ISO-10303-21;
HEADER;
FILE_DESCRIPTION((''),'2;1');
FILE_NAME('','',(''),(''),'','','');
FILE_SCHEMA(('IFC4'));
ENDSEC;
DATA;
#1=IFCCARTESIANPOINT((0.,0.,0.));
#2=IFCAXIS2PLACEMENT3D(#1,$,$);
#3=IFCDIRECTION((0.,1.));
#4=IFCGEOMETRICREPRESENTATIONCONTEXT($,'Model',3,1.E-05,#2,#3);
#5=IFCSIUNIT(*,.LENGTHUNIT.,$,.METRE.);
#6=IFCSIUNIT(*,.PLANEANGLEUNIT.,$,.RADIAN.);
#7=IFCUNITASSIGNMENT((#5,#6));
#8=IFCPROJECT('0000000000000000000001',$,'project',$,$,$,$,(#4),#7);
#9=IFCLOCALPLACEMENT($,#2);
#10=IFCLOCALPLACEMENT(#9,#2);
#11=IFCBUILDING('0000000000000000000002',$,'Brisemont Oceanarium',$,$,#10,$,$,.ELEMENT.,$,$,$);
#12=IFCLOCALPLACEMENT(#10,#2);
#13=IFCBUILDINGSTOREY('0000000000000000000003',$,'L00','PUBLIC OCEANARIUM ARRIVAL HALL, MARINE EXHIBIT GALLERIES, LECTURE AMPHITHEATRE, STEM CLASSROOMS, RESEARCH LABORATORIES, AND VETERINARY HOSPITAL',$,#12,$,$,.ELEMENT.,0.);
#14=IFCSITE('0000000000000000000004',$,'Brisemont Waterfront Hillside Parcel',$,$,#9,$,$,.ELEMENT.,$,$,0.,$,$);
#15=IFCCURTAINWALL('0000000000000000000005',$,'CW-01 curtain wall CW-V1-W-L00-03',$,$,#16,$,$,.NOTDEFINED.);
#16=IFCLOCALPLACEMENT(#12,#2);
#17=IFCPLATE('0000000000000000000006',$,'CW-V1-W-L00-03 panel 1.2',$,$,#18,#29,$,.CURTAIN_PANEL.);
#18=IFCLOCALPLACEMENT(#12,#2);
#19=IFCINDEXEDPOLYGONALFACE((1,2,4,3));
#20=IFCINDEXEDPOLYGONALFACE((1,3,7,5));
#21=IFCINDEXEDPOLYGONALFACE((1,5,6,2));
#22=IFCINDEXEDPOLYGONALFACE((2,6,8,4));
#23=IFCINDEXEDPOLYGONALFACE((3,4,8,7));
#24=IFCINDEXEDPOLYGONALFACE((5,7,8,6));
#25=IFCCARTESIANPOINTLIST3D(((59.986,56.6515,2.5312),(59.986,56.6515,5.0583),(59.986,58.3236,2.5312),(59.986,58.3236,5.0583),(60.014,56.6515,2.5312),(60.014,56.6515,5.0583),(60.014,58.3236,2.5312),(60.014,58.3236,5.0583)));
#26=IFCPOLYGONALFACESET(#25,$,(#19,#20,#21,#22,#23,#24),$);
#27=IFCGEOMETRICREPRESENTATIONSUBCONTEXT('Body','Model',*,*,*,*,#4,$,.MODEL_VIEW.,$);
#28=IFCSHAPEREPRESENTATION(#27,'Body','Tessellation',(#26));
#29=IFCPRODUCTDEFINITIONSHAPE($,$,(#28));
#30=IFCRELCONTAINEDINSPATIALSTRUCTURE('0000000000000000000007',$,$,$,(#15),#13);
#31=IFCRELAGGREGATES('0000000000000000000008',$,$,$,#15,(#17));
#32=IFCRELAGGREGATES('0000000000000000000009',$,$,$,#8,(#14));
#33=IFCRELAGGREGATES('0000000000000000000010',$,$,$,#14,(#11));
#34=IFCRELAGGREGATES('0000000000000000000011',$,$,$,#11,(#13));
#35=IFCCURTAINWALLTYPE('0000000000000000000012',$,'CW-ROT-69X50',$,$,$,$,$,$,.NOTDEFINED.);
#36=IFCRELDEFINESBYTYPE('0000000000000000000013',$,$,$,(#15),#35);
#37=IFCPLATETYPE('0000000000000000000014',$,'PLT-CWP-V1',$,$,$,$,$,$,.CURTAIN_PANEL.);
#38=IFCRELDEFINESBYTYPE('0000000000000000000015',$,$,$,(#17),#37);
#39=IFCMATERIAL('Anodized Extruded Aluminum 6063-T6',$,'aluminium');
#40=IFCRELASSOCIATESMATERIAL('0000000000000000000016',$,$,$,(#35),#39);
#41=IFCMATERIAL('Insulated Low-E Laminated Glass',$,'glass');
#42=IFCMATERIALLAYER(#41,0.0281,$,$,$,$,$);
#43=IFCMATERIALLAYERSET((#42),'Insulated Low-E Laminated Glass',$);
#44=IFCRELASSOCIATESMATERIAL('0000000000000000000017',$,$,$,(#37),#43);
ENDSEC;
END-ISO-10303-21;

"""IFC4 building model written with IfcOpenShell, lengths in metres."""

from ifc_helpers import new_model, si_unit, direction, frame, origin, origin_2d, place, context, subcontext, project, spatial, rectangle, extrude, material, layer, layer_set, type_object, element, aggregate, save


model = new_model("IFC4")

# Units and contexts
model_context = context("Model", 3, precision=1e-05, world=origin(), true_north=direction((0.0, 1.0)))
body_context = subcontext(model_context, "Body", "Model", "MODEL_VIEW")
ifc_project = project(units=[si_unit("LENGTHUNIT", "METRE"), si_unit("PLANEANGLEUNIT", "RADIAN")], contexts=[model_context])

# Site, building, storey
site_placement = place(None, origin())
site = spatial("IfcSite", under=ifc_project, at=site_placement, Name="Brisemont Waterfront Hillside Parcel", CompositionType="ELEMENT", RefElevation=0.0)
building_placement = place(site_placement, origin())
building = spatial("IfcBuilding", under=site, at=building_placement, Name="Brisemont Oceanarium", CompositionType="ELEMENT")
storey_placement = place(building_placement, origin())
storey = spatial("IfcBuildingStorey", under=building, at=storey_placement, Name="L00", Description="PUBLIC OCEANARIUM ARRIVAL HALL, MARINE EXHIBIT GALLERIES, LECTURE AMPHITHEATRE, STEM CLASSROOMS, RESEARCH LABORATORIES, AND VETERINARY HOSPITAL", CompositionType="ELEMENT", Elevation=0.0)

# Curtain wall
ifc_material_1 = material(Name="Anodized Extruded Aluminum 6063-T6", Category="aluminium")
curtain_wall_type = type_object("IfcCurtainWallType", Name="CW-ROT-69X50", PredefinedType="NOTDEFINED", material=ifc_material_1)
curtain_wall_1_placement = place(storey_placement, origin())
curtain_wall_1 = element("IfcCurtainWall", 1, at=curtain_wall_1_placement, inside=storey, type_object=curtain_wall_type, Name="CW-01 curtain wall CW-V1-W-L00-03", PredefinedType="NOTDEFINED")

# Plate
ifc_material_2 = material(Name="Insulated Low-E Laminated Glass", Category="glass")
ifc_layer = layer(ifc_material_2, 0.0281)
ifc_layer_set = layer_set([ifc_layer], Name="Insulated Low-E Laminated Glass")
plate_type = type_object("IfcPlateType", Name="PLT-CWP-V1", PredefinedType="CURTAIN_PANEL", material=ifc_layer_set)
plate_1_placement = place(storey_placement, frame((60.0, 57.4875, 2.5312), z_axis=(0.0, 0.0, 1.0), x_axis=(0.0, 1.0, 0.0)))
plate_1 = element("IfcPlate", 2, at=plate_1_placement, type_object=plate_type, Name="CW-V1-W-L00-03 panel 1.2", PredefinedType="CURTAIN_PANEL", context=body_context, shape_type="SweptSolid", body=[
    extrude(rectangle(XDim=1.6721, YDim=0.0281, at=origin_2d()), origin(), (0.0, 0.0, 1.0), 2.5271),
])
aggregate(curtain_wall_1, [plate_1])

save(model, "model.ifc")
